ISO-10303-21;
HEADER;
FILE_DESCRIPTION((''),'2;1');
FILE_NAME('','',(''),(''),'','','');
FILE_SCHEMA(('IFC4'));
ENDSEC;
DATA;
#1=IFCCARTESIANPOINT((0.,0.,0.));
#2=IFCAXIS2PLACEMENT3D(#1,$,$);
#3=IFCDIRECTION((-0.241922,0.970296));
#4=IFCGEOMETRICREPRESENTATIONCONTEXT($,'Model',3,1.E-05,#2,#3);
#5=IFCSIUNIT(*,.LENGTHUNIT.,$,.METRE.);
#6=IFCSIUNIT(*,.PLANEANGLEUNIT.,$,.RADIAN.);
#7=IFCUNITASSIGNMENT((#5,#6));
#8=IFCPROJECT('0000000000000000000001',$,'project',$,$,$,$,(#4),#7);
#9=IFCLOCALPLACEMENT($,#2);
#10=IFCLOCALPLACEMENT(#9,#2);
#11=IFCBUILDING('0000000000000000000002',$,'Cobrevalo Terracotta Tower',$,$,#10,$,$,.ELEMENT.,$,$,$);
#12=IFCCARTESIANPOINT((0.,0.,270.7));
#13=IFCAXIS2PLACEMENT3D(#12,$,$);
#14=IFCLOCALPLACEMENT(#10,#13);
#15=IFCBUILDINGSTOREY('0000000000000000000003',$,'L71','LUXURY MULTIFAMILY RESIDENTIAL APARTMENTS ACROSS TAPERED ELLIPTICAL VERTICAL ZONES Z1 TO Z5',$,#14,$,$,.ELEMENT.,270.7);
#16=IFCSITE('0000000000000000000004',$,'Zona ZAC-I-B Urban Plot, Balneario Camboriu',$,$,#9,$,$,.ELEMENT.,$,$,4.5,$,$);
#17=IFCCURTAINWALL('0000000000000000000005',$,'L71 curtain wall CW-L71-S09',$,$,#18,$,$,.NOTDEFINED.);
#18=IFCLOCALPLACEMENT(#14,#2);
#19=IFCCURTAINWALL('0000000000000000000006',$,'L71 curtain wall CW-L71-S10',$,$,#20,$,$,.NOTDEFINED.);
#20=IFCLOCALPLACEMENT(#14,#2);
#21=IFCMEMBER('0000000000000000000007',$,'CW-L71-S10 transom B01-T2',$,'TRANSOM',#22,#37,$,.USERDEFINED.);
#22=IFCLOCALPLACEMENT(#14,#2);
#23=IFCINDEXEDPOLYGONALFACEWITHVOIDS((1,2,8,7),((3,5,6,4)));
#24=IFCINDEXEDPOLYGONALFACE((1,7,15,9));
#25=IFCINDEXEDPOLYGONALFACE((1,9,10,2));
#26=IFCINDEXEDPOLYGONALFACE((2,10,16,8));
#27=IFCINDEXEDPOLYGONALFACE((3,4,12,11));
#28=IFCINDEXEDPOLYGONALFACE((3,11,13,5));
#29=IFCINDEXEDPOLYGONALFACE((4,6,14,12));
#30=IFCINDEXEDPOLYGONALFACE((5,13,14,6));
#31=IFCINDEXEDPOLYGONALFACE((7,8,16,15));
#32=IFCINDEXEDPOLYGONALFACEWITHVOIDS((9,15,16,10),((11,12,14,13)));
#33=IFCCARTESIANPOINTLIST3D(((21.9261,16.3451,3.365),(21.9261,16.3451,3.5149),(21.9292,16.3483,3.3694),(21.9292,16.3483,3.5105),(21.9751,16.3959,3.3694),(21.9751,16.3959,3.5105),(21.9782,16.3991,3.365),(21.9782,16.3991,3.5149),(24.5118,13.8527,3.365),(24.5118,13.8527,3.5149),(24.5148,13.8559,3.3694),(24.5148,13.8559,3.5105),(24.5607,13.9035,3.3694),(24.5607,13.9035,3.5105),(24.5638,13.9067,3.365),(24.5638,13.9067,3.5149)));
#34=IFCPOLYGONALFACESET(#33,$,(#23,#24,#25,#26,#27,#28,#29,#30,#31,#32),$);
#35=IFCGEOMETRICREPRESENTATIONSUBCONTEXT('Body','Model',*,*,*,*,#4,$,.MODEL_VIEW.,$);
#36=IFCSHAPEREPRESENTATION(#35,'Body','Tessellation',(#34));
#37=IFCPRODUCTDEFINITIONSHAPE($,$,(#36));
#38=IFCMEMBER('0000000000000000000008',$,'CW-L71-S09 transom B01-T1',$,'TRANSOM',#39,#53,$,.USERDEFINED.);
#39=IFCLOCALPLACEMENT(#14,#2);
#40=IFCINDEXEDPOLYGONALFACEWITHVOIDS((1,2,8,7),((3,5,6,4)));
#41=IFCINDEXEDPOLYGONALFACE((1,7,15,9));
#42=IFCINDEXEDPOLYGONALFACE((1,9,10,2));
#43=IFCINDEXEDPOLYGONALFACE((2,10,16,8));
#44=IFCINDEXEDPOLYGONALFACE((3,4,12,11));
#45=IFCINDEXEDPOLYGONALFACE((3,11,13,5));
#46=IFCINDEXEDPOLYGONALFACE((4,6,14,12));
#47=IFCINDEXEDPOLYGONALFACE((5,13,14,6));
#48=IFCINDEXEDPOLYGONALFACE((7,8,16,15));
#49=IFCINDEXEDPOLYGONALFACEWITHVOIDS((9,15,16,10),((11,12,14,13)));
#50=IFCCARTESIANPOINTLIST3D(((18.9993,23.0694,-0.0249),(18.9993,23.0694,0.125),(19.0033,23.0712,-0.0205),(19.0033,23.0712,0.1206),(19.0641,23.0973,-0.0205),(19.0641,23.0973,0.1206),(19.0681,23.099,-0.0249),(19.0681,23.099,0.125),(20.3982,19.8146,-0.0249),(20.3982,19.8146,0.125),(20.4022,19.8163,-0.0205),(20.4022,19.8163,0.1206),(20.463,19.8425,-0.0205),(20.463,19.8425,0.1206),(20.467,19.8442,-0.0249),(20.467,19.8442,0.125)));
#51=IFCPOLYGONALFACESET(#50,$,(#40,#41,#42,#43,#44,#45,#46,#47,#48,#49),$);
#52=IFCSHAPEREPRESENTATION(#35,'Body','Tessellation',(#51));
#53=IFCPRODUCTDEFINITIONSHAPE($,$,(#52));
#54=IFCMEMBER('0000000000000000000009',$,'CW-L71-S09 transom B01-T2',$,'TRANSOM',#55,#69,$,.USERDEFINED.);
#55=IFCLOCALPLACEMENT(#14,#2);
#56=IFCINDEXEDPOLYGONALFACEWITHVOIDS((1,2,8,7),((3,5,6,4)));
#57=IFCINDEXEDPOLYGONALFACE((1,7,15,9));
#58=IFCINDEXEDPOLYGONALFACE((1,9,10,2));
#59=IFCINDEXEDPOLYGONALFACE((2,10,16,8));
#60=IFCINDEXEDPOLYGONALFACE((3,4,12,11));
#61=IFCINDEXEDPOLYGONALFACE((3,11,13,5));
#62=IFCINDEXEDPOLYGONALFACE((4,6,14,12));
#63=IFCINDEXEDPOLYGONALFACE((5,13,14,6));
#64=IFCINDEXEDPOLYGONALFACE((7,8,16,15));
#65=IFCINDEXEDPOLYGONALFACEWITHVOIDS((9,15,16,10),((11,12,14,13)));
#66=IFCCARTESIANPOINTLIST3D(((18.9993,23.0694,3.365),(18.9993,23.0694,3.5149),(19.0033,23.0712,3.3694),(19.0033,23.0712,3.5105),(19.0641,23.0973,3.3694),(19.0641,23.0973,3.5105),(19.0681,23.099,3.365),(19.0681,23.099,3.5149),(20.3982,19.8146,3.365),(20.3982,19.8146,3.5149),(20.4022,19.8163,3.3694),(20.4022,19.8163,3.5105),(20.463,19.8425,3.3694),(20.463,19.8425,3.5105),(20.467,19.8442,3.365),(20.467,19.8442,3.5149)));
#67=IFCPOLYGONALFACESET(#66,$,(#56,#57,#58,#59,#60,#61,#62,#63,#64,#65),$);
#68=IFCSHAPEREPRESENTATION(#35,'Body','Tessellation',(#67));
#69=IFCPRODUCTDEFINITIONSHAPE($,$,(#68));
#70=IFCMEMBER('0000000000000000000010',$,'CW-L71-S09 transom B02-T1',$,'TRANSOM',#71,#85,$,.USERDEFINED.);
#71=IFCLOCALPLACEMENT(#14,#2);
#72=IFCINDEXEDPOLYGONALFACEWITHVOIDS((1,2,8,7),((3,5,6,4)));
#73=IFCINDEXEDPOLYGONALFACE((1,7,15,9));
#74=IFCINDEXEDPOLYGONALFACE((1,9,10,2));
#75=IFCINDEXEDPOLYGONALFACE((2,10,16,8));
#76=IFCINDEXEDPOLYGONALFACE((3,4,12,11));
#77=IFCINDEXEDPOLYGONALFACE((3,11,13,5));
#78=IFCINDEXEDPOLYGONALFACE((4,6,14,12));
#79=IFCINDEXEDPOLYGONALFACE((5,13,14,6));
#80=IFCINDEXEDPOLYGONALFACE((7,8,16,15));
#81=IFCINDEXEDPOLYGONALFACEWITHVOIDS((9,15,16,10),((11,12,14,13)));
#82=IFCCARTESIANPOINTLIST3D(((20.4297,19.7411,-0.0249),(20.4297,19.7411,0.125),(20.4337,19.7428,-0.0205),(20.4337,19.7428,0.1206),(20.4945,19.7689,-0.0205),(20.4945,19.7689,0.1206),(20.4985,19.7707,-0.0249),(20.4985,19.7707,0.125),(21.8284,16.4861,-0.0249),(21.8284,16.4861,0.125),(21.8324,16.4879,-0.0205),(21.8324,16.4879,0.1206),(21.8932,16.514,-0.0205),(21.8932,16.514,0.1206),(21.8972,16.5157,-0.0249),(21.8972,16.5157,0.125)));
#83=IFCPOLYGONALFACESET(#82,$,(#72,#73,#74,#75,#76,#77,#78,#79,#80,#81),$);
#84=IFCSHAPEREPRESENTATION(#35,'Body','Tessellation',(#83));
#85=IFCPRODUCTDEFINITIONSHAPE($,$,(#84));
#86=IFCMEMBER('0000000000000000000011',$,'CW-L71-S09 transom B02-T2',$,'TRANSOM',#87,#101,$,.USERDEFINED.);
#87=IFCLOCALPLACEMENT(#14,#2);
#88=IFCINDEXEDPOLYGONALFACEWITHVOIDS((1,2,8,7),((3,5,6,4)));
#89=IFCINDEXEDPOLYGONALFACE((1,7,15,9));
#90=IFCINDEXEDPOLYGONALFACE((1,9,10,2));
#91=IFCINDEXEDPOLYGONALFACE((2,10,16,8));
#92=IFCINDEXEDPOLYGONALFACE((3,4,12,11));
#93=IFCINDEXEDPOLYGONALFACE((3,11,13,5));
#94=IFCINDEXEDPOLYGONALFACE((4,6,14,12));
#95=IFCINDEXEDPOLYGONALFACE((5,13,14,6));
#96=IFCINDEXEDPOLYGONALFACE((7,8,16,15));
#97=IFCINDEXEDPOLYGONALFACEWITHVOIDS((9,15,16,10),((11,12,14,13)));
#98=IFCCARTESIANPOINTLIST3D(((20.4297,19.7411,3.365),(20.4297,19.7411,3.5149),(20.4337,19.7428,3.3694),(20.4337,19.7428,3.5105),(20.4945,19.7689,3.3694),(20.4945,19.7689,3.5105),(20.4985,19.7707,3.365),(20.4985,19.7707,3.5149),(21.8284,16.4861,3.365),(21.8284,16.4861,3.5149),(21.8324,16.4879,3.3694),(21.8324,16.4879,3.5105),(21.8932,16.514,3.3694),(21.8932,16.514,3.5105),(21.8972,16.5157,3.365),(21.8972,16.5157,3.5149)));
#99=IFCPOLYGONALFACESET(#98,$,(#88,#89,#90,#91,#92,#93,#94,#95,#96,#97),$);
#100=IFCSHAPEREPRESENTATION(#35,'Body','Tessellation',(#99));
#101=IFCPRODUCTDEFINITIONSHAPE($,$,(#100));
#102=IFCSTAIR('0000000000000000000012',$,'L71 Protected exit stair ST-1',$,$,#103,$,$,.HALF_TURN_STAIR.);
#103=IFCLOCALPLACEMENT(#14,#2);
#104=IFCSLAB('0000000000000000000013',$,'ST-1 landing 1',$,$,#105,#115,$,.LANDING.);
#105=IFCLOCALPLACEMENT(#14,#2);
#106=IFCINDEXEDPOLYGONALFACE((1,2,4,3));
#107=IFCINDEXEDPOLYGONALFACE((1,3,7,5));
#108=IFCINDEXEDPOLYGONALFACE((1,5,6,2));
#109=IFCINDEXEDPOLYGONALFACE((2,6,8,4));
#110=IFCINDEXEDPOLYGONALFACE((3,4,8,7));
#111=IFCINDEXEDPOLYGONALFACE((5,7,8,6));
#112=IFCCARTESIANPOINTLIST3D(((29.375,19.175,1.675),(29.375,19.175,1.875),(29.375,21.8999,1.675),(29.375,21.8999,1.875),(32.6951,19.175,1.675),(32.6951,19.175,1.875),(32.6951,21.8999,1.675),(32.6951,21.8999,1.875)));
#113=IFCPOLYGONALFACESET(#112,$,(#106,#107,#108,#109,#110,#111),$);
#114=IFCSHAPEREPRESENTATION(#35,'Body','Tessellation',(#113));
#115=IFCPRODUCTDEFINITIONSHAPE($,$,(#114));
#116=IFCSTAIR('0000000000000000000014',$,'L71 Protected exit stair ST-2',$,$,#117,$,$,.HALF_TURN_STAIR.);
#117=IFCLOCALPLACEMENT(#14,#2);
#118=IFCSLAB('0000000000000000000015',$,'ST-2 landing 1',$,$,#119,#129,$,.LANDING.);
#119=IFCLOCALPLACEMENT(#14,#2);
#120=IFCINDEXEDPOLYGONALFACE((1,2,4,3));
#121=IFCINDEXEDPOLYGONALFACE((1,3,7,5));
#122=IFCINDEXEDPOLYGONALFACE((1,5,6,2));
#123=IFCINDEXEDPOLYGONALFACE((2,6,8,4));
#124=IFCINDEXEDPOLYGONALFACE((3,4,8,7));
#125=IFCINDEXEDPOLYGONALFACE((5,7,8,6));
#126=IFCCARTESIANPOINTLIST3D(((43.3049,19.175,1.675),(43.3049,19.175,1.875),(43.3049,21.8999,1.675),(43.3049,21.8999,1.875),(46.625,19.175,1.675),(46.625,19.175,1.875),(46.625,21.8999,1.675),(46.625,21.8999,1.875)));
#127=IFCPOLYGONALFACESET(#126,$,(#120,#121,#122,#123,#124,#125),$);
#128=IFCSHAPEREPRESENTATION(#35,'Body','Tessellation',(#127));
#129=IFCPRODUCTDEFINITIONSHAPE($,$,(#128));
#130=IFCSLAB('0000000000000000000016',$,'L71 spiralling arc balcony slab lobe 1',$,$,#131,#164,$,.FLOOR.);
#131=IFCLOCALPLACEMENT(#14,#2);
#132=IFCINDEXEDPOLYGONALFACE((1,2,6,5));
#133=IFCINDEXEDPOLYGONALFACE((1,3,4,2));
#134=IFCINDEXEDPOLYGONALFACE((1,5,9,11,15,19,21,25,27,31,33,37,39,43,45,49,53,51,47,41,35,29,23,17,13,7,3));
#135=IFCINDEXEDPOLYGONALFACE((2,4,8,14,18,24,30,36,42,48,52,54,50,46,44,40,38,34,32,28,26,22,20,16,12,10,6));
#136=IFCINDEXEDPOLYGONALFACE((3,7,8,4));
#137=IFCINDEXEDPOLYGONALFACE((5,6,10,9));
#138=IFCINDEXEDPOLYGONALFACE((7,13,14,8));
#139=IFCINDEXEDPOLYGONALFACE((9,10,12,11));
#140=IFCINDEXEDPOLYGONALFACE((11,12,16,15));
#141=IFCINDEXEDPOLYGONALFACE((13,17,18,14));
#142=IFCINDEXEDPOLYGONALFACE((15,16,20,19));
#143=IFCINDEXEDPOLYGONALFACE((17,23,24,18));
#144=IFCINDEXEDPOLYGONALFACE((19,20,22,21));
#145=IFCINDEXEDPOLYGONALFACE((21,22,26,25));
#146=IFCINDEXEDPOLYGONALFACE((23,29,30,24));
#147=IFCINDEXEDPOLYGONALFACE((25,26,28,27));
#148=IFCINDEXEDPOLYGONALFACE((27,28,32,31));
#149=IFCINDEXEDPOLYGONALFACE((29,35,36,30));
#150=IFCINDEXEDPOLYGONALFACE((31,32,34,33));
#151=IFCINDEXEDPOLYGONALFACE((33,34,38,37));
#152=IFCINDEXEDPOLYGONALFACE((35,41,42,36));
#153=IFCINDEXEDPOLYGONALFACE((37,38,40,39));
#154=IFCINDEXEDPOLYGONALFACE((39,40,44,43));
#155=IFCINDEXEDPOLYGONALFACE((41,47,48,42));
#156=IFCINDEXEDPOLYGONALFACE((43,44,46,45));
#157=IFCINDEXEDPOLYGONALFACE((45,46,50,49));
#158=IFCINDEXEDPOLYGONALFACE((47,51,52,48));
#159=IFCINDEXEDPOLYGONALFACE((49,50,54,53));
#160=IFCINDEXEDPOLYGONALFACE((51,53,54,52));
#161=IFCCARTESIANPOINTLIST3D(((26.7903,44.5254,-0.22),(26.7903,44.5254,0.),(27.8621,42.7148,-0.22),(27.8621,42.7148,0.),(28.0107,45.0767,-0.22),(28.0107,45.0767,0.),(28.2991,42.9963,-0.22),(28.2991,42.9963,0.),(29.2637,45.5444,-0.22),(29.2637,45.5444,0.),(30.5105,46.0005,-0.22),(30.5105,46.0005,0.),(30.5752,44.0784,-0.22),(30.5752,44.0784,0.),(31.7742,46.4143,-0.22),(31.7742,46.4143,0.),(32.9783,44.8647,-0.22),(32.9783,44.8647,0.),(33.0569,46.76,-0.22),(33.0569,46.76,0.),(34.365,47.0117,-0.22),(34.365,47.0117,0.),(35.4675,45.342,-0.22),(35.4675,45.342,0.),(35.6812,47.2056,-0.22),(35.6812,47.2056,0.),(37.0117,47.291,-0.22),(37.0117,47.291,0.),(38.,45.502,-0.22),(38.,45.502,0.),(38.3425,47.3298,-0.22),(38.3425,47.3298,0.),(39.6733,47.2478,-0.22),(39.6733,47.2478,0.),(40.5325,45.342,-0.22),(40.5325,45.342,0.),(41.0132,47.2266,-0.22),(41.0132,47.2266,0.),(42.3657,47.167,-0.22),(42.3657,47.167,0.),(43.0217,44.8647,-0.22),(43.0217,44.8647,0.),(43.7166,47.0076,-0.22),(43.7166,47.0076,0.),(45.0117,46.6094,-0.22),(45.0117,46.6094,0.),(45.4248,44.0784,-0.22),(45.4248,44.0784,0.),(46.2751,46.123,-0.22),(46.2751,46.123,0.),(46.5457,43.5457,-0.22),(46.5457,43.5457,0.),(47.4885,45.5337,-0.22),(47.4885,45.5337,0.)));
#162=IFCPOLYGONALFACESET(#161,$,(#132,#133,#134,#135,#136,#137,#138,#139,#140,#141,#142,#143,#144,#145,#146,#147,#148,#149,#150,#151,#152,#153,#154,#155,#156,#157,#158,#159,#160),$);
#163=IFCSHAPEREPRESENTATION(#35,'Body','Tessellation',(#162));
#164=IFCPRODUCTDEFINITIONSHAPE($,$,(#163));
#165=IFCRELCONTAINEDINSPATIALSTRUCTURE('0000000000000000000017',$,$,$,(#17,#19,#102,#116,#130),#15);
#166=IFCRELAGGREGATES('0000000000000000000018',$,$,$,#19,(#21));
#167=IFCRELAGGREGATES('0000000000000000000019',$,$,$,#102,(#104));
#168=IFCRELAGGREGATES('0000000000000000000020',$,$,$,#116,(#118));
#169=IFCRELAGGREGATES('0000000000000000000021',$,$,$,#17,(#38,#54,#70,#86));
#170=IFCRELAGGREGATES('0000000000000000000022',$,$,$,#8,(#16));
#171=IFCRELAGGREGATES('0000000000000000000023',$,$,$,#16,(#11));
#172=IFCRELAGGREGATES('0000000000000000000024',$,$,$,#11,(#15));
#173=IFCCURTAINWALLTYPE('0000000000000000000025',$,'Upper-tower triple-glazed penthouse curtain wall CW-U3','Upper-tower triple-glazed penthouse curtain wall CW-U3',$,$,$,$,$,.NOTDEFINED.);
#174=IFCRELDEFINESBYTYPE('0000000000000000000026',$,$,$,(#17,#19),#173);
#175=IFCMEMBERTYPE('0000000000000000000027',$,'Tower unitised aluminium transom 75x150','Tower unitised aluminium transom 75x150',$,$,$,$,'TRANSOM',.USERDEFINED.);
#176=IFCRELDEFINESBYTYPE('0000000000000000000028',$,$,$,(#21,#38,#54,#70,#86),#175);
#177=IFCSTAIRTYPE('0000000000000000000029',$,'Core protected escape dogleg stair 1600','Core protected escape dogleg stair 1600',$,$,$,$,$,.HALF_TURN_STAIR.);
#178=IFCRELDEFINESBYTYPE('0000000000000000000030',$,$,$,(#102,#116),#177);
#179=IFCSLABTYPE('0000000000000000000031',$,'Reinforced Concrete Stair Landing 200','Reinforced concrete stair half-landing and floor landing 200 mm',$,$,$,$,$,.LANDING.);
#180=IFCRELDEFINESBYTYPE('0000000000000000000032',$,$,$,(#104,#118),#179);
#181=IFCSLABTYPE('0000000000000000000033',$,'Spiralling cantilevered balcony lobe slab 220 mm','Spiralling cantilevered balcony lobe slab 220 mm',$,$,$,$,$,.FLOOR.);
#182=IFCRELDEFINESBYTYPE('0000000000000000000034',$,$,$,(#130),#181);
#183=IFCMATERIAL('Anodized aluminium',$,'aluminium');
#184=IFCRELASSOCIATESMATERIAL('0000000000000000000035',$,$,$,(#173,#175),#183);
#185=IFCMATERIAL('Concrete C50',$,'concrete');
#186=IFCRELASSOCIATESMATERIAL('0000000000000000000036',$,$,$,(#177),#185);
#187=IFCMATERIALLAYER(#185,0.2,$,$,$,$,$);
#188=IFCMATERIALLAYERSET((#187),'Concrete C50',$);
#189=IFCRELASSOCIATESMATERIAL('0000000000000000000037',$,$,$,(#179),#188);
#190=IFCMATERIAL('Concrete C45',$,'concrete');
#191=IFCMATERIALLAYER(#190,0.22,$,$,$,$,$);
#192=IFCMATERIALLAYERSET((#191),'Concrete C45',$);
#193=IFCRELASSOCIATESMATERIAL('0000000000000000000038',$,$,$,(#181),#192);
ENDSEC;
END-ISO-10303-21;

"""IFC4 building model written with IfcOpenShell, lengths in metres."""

from ifc_helpers import new_model, si_unit, direction, frame, origin, origin_2d, place, context, subcontext, project, spatial, polyline, hollow_rectangle, outline, extrude, source, transform, mapped, material, layer, layer_set, material_profile, profile_set, type_object, element, aggregate, save


model = new_model("IFC4")

# Units and contexts
model_context = context("Model", 3, precision=1e-05, world=origin(), true_north=direction((-0.241922, 0.970296)))
body_context = subcontext(model_context, "Body", "Model", "MODEL_VIEW")
ifc_project = project(units=[si_unit("LENGTHUNIT", "METRE"), si_unit("PLANEANGLEUNIT", "RADIAN")], contexts=[model_context])

# Site, building, storey
site_placement = place(None, origin())
site = spatial("IfcSite", under=ifc_project, at=site_placement, Name="Zona ZAC-I-B Urban Plot, Balneario Camboriu", CompositionType="ELEMENT", RefElevation=4.5)
building_placement = place(site_placement, origin())
building = spatial("IfcBuilding", under=site, at=building_placement, Name="Cobrevalo Terracotta Tower", CompositionType="ELEMENT")
storey_placement = place(building_placement, frame((0.0, 0.0, 270.7)))
storey = spatial("IfcBuildingStorey", under=building, at=storey_placement, Name="L71", Description="LUXURY MULTIFAMILY RESIDENTIAL APARTMENTS ACROSS TAPERED ELLIPTICAL VERTICAL ZONES Z1 TO Z5", CompositionType="ELEMENT", Elevation=270.7)

# Curtain walls, member
ifc_material_1 = material(Name="Anodized aluminium", Category="aluminium")
curtain_wall_type = type_object("IfcCurtainWallType", Name="Upper-tower triple-glazed penthouse curtain wall CW-U3", Description="Upper-tower triple-glazed penthouse curtain wall CW-U3", PredefinedType="NOTDEFINED", material=ifc_material_1)
curtain_wall_1_placement = place(storey_placement, origin())
curtain_wall_1 = element("IfcCurtainWall", 1, at=curtain_wall_1_placement, inside=storey, type_object=curtain_wall_type, Name="L71 curtain wall CW-L71-S09", PredefinedType="NOTDEFINED")
curtain_wall_2_placement = place(storey_placement, origin())
curtain_wall_2 = element("IfcCurtainWall", 2, at=curtain_wall_2_placement, inside=storey, type_object=curtain_wall_type, Name="L71 curtain wall CW-L71-S10", PredefinedType="NOTDEFINED")
ifc_material_profile_1 = material_profile(ifc_material_1, hollow_rectangle(XDim=0.075, YDim=0.1499, WallThickness=0.0044, at=origin_2d()), Name="CWT 75x150")
ifc_profile_set_1 = profile_set([ifc_material_profile_1], Name="Anodized aluminium")
member_type_1 = type_object("IfcMemberType", Name="Tower unitised aluminium transom 75x150", Description="Tower unitised aluminium transom 75x150", ElementType="TRANSOM", PredefinedType="USERDEFINED", material=ifc_profile_set_1)
shared_shape_1 = source(origin(), body_context, "Body", "SweptSolid", [
    extrude(hollow_rectangle(XDim=0.075, YDim=0.1499, WallThickness=0.0044, at=origin_2d()), origin(), (0.0, 0.0, 1.0), 3.5913),
])
member_1_placement = place(storey_placement, frame((21.9521, 16.3721, 3.4399), z_axis=(0.719972, -0.694003, 0.0), x_axis=(0.694003, 0.719972, 0.0)))
member_1 = element("IfcMember", 3, at=member_1_placement, type_object=member_type_1, Name="CW-L71-S10 transom B01-T2", ObjectType="TRANSOM", PredefinedType="USERDEFINED", context=body_context, shape_type="MappedRepresentation", body=[
    mapped(shared_shape_1, transform((0.0, 0.0, 0.0), scale=1.0)),
])
aggregate(curtain_wall_2, [member_1])

# Members
shared_shape_2 = source(origin(), body_context, "Body", "SweptSolid", [
    extrude(hollow_rectangle(XDim=0.075, YDim=0.1499, WallThickness=0.0044, at=origin_2d()), origin(), (0.0, 0.0, 1.0), 3.5427),
])
member_2_placement = place(storey_placement, frame((19.0337, 23.0842, 0.05), z_axis=(0.394867, -0.918738, 0.0), x_axis=(0.918738, 0.394867, 0.0)))
member_2 = element("IfcMember", 4, at=member_2_placement, type_object=member_type_1, Name="CW-L71-S09 transom B01-T1", ObjectType="TRANSOM", PredefinedType="USERDEFINED", context=body_context, shape_type="MappedRepresentation", body=[
    mapped(shared_shape_2, transform((0.0, 0.0, 0.0), scale=1.0)),
])
member_3_placement = place(storey_placement, frame((19.0337, 23.0842, 3.4399), z_axis=(0.394867, -0.918738, 0.0), x_axis=(0.918738, 0.394867, 0.0)))
member_3 = element("IfcMember", 5, at=member_3_placement, type_object=member_type_1, Name="CW-L71-S09 transom B01-T2", ObjectType="TRANSOM", PredefinedType="USERDEFINED", context=body_context, shape_type="MappedRepresentation", body=[
    mapped(shared_shape_2, transform((0.0, 0.0, 0.0), scale=1.0)),
])
member_4_placement = place(storey_placement, frame((20.4641, 19.7559, 0.05), z_axis=(0.394809, -0.918763, 0.0), x_axis=(0.918763, 0.394809, 0.0)))
member_4 = element("IfcMember", 6, at=member_4_placement, type_object=member_type_1, Name="CW-L71-S09 transom B02-T1", ObjectType="TRANSOM", PredefinedType="USERDEFINED", context=body_context, shape_type="MappedRepresentation", body=[
    mapped(shared_shape_2, transform((0.0, 0.0, 0.0), scale=1.0)),
])
member_5_placement = place(storey_placement, frame((20.4641, 19.7559, 3.4399), z_axis=(0.394809, -0.918763, 0.0), x_axis=(0.918763, 0.394809, 0.0)))
member_5 = element("IfcMember", 7, at=member_5_placement, type_object=member_type_1, Name="CW-L71-S09 transom B02-T2", ObjectType="TRANSOM", PredefinedType="USERDEFINED", context=body_context, shape_type="MappedRepresentation", body=[
    mapped(shared_shape_2, transform((0.0, 0.0, 0.0), scale=1.0)),
])

# Stairs, slabs
ifc_material_2 = material(Name="Concrete C50", Category="concrete")
stair_type = type_object("IfcStairType", Name="Core protected escape dogleg stair 1600", Description="Core protected escape dogleg stair 1600", PredefinedType="HALF_TURN_STAIR", material=ifc_material_2)
stair_1_placement = place(storey_placement, origin())
stair_1 = element("IfcStair", 8, at=stair_1_placement, inside=storey, type_object=stair_type, Name="L71 Protected exit stair ST-1", PredefinedType="HALF_TURN_STAIR")
ifc_layer_1 = layer(ifc_material_2, 0.2)
ifc_layer_set_1 = layer_set([ifc_layer_1], Name="Concrete C50")
slab_type_1 = type_object("IfcSlabType", Name="Reinforced Concrete Stair Landing 200", Description="Reinforced concrete stair half-landing and floor landing 200 mm", PredefinedType="LANDING", material=ifc_layer_set_1)
slab_1_placement = place(storey_placement, frame((0.0, 0.0, 1.675)))
slab_1 = element("IfcSlab", 9, at=slab_1_placement, type_object=slab_type_1, Name="ST-1 landing 1", PredefinedType="LANDING", context=body_context, shape_type="SweptSolid", body=[
    extrude(outline(polyline([(29.375, 21.8999), (29.375, 19.175), (32.6951, 19.175), (32.6951, 21.8999), (29.375, 21.8999)])), origin(), (0.0, 0.0, 1.0), 0.2),
])
aggregate(stair_1, [slab_1])
stair_2_placement = place(storey_placement, origin())
stair_2 = element("IfcStair", 10, at=stair_2_placement, inside=storey, type_object=stair_type, Name="L71 Protected exit stair ST-2", PredefinedType="HALF_TURN_STAIR")
slab_2_placement = place(storey_placement, frame((0.0, 0.0, 1.675)))
slab_2 = element("IfcSlab", 11, at=slab_2_placement, type_object=slab_type_1, Name="ST-2 landing 1", PredefinedType="LANDING", context=body_context, shape_type="SweptSolid", body=[
    extrude(outline(polyline([(43.3049, 21.8999), (43.3049, 19.175), (46.625, 19.175), (46.625, 21.8999), (43.3049, 21.8999)])), origin(), (0.0, 0.0, 1.0), 0.2),
])
aggregate(stair_2, [slab_2])

# Slab
ifc_material_3 = material(Name="Concrete C45", Category="concrete")
ifc_layer_2 = layer(ifc_material_3, 0.22)
ifc_layer_set_2 = layer_set([ifc_layer_2], Name="Concrete C45")
slab_type_2 = type_object("IfcSlabType", Name="Spiralling cantilevered balcony lobe slab 220 mm", Description="Spiralling cantilevered balcony lobe slab 220 mm", PredefinedType="FLOOR", material=ifc_layer_set_2)
slab_3_placement = place(storey_placement, frame((0.0, 0.0, -0.22)))
element("IfcSlab", 12, at=slab_3_placement, inside=storey, type_object=slab_type_2, Name="L71 spiralling arc balcony slab lobe 1", PredefinedType="FLOOR", context=body_context, shape_type="SweptSolid", body=[
    extrude(outline(polyline([(47.4885, 45.5337), (46.2751, 46.123), (45.0117, 46.6094), (43.7166, 47.0076), (42.3657, 47.167), (41.0132, 47.2266), (39.6733, 47.2478), (38.3425, 47.3298), (37.0117, 47.291), (35.6812, 47.2056), (34.365, 47.0117), (33.0569, 46.76), (31.7742, 46.4143), (30.5105, 46.0005), (29.2637, 45.5444), (28.0107, 45.0767), (26.7903, 44.5254), (27.8621, 42.7148), (28.2991, 42.9963), (30.5752, 44.0784), (32.9783, 44.8647), (35.4675, 45.342), (38.0, 45.502), (40.5325, 45.342), (43.0217, 44.8647), (45.4248, 44.0784), (46.5457, 43.5457), (47.4885, 45.5337)])), origin(), (0.0, 0.0, 1.0), 0.22),
])

aggregate(curtain_wall_1, [member_2, member_3, member_4, member_5])

save(model, "model.ifc")
